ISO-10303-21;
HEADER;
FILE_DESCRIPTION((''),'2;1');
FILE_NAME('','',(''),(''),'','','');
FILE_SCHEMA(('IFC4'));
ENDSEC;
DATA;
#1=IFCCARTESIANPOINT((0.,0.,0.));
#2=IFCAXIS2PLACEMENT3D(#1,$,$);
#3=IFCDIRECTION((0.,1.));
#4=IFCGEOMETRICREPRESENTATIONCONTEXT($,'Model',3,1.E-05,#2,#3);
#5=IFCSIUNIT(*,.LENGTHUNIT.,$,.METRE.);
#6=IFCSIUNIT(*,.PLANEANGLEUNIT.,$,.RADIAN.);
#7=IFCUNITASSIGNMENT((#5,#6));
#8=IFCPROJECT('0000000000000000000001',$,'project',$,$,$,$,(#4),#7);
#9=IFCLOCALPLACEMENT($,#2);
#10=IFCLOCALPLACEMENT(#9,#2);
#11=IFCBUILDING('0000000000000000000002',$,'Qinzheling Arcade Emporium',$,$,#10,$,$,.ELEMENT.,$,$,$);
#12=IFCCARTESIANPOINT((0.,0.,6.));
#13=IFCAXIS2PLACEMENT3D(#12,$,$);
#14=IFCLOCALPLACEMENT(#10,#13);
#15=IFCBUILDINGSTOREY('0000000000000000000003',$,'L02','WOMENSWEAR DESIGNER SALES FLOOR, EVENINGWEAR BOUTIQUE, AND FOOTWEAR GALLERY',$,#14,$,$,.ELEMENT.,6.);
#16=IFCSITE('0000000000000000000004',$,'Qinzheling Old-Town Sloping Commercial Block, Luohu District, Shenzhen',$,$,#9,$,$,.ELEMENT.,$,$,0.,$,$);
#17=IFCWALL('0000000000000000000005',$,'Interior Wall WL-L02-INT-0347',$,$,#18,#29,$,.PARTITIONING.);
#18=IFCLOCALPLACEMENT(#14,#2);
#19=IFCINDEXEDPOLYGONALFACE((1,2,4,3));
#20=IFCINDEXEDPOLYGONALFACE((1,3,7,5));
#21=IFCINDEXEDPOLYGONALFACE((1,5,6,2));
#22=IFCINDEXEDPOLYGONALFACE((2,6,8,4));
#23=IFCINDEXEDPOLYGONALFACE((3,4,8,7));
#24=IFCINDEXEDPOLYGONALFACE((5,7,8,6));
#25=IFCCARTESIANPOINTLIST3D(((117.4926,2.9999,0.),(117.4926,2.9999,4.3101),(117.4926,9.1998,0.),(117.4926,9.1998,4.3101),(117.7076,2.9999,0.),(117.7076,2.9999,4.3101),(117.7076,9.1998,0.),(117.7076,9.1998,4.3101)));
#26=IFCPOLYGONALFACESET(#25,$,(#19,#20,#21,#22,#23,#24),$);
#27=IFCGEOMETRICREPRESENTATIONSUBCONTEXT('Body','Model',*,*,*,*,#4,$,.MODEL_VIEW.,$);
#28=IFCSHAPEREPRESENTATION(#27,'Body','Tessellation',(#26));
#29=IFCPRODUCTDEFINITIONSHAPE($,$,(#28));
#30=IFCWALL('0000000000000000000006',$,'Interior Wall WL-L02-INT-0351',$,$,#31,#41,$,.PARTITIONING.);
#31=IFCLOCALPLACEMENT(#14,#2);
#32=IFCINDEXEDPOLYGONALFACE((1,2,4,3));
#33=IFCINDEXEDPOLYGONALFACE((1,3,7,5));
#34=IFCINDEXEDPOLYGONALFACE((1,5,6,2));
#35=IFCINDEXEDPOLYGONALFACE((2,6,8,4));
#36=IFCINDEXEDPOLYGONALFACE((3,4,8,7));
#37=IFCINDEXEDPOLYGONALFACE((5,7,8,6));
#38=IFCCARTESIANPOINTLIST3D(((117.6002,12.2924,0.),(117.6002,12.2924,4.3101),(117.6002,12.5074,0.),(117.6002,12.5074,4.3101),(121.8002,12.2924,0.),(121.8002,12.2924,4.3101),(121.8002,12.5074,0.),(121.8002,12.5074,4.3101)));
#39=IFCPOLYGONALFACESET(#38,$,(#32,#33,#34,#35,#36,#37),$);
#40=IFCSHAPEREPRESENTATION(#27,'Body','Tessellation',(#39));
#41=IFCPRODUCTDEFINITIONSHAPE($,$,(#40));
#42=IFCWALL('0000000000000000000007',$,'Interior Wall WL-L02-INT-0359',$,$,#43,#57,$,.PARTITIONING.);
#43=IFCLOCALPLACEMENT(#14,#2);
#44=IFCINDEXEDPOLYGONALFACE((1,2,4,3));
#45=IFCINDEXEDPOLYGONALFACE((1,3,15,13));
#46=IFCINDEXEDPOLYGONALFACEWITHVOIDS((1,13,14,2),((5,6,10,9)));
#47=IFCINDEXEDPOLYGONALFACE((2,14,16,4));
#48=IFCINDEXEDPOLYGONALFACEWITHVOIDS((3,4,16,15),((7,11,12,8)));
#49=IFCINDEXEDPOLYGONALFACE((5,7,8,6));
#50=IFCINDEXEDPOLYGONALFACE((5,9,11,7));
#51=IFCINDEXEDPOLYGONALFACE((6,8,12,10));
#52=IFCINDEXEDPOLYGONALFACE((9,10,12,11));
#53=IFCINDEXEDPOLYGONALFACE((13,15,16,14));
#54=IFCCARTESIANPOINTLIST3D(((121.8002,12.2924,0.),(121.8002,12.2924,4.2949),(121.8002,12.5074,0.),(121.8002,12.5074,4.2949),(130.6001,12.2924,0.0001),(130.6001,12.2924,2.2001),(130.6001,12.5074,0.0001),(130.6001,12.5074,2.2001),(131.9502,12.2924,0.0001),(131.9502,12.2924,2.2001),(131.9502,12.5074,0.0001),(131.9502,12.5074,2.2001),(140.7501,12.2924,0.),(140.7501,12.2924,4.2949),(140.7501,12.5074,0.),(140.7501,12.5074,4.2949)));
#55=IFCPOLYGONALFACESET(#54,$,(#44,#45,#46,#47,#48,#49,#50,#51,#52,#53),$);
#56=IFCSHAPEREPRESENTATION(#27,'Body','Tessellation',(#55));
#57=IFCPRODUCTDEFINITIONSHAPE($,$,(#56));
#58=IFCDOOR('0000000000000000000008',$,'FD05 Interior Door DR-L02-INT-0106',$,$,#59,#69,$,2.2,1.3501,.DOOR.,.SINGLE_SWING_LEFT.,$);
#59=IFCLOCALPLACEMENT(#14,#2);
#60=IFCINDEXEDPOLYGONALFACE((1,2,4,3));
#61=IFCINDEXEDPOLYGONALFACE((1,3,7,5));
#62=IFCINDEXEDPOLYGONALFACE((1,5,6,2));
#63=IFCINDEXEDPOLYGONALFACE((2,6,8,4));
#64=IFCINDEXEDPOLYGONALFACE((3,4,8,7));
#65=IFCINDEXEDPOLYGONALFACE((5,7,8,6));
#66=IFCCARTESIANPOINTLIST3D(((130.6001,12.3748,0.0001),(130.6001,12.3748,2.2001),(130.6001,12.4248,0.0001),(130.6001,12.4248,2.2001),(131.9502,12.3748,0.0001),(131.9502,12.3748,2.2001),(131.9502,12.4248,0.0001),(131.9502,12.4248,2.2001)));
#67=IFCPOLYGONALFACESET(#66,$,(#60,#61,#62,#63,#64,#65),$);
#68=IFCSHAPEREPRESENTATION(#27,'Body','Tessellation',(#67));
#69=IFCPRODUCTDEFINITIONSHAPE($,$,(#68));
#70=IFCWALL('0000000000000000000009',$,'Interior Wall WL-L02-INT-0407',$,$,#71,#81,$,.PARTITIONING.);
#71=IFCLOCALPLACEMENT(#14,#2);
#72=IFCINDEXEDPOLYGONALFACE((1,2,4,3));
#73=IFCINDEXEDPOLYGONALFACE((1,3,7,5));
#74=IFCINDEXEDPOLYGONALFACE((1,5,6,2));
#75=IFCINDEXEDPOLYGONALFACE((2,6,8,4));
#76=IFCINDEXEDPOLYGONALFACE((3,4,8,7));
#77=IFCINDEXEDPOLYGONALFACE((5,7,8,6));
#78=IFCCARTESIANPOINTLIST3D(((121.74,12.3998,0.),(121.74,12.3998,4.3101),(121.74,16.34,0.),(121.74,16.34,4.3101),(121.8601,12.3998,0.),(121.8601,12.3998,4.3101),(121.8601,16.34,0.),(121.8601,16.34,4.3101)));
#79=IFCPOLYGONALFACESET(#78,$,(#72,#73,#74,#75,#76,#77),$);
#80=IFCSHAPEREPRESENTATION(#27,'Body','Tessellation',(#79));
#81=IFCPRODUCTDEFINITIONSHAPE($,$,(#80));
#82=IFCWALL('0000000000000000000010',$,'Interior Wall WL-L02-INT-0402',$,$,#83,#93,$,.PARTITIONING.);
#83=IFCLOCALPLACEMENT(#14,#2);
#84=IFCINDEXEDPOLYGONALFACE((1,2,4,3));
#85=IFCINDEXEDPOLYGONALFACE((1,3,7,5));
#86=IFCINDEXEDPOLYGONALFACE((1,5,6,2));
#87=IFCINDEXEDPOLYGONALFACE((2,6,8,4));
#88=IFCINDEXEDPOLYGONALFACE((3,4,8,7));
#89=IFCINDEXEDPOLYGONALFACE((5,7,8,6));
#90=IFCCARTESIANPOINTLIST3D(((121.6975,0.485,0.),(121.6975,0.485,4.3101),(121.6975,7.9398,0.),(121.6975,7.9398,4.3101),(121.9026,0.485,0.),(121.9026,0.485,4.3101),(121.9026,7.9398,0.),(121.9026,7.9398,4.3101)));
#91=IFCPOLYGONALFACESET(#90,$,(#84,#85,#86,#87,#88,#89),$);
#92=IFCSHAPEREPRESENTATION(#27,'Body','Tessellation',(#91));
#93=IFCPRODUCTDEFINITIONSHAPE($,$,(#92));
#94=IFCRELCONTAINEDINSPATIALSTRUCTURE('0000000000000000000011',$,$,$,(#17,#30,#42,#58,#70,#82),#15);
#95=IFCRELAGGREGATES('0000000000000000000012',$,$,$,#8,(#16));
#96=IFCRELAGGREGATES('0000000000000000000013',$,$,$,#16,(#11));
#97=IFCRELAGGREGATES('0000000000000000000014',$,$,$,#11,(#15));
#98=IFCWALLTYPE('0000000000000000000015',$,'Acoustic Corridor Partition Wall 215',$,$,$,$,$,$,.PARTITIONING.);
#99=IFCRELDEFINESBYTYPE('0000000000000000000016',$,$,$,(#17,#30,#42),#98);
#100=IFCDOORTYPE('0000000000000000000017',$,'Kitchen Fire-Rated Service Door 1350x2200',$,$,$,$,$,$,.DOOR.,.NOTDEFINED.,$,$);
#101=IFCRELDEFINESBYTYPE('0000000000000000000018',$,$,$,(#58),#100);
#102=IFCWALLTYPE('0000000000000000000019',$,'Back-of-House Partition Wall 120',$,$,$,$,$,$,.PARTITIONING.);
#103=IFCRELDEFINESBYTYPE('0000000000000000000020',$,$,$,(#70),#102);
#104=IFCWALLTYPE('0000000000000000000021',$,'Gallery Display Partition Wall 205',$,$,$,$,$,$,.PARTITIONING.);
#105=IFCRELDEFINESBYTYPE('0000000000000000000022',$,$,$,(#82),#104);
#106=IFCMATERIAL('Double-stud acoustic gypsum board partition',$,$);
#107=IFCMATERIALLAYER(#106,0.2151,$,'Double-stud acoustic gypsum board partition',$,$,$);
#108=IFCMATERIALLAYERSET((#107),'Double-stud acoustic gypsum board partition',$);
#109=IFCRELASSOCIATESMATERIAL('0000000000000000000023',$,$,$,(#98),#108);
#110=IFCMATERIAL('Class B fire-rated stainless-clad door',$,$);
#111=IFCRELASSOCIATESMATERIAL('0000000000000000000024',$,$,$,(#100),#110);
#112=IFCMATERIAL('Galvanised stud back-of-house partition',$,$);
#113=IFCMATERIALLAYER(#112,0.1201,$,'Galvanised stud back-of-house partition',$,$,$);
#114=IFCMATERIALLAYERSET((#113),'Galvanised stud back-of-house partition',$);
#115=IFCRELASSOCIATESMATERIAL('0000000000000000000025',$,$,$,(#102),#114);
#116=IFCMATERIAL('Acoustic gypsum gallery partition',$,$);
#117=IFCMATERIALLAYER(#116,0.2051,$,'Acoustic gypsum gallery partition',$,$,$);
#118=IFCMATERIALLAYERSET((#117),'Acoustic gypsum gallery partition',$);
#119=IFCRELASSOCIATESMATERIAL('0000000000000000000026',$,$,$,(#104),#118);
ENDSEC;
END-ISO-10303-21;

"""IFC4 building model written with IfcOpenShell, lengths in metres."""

from ifc_helpers import new_model, si_unit, direction, frame, frame_2d, origin, place, context, subcontext, project, spatial, rectangle, extrude, material, layer, layer_set, type_object, element, fill, save


model = new_model("IFC4")

# Units and contexts
model_context = context("Model", 3, precision=1e-05, world=origin(), true_north=direction((0.0, 1.0)))
body_context = subcontext(model_context, "Body", "Model", "MODEL_VIEW")
ifc_project = project(units=[si_unit("LENGTHUNIT", "METRE"), si_unit("PLANEANGLEUNIT", "RADIAN")], contexts=[model_context])

# Site, building, storey
site_placement = place(None, origin())
site = spatial("IfcSite", under=ifc_project, at=site_placement, Name="Qinzheling Old-Town Sloping Commercial Block, Luohu District, Shenzhen", CompositionType="ELEMENT", RefElevation=0.0)
building_placement = place(site_placement, origin())
building = spatial("IfcBuilding", under=site, at=building_placement, Name="Qinzheling Arcade Emporium", CompositionType="ELEMENT")
storey_placement = place(building_placement, frame((0.0, 0.0, 6.0)))
storey = spatial("IfcBuildingStorey", under=building, at=storey_placement, Name="L02", Description="WOMENSWEAR DESIGNER SALES FLOOR, EVENINGWEAR BOUTIQUE, AND FOOTWEAR GALLERY", CompositionType="ELEMENT", Elevation=6.0)

# Shared definitions
ifc_material_1 = material(Name="Double-stud acoustic gypsum board partition")
ifc_layer_1 = layer(ifc_material_1, 0.2151, Name="Double-stud acoustic gypsum board partition")
ifc_layer_set_1 = layer_set([ifc_layer_1], Name="Double-stud acoustic gypsum board partition")
wall_type_1 = type_object("IfcWallType", Name="Acoustic Corridor Partition Wall 215", PredefinedType="PARTITIONING", material=ifc_layer_set_1)
ifc_material_2 = material(Name="Class B fire-rated stainless-clad door")
door_type = type_object("IfcDoorType", Name="Kitchen Fire-Rated Service Door 1350x2200", OperationType="NOTDEFINED", PredefinedType="DOOR", material=ifc_material_2)

# Walls
wall_1_placement = place(storey_placement, frame((117.6001, 9.2, 0.0), z_axis=(0.0, 0.0, 1.0), x_axis=(0.0, -1.0, 0.0)))
element("IfcWall", 1, at=wall_1_placement, inside=storey, type_object=wall_type_1, Name="Interior Wall WL-L02-INT-0347", PredefinedType="PARTITIONING", context=body_context, shape_type="SweptSolid", body=[
    extrude(rectangle(XDim=6.2, YDim=0.2151, at=frame_2d((3.1001, 0.0))), origin(), (0.0, 0.0, 1.0), 4.3101),
])
wall_2_placement = place(storey_placement, frame((117.6001, 12.3999, 0.0), z_axis=(0.0, 0.0, 1.0), x_axis=(1.0, 0.0, 0.0)))
element("IfcWall", 2, at=wall_2_placement, inside=storey, type_object=wall_type_1, Name="Interior Wall WL-L02-INT-0351", PredefinedType="PARTITIONING", context=body_context, shape_type="SweptSolid", body=[
    extrude(rectangle(XDim=4.2, YDim=0.2151, at=frame_2d((2.1001, 0.0))), origin(), (0.0, 0.0, 1.0), 4.3101),
])

# Wall, opening, door
wall_3_placement = place(storey_placement, frame((121.8, 12.3999, 0.0), z_axis=(0.0, 0.0, 1.0), x_axis=(1.0, 0.0, 0.0)))
wall_3 = element("IfcWall", 3, at=wall_3_placement, inside=storey, type_object=wall_type_1, Name="Interior Wall WL-L02-INT-0359", PredefinedType="PARTITIONING", context=body_context, shape_type="SweptSolid", body=[
    extrude(rectangle(XDim=18.95, YDim=0.2151, at=frame_2d((9.4751, 0.0))), origin(), (0.0, 0.0, 1.0), 4.2949),
])
opening_1_placement = place(wall_3_placement, frame((8.8, 0.0, 0.0)))
opening_1 = element("IfcOpeningElement", 4, at=opening_1_placement, cuts=wall_3, PredefinedType="OPENING", context=body_context, shape_type="SweptSolid", body=[
    extrude(rectangle(XDim=1.3501, YDim=2.2, at=frame_2d((0.675, 1.1001))), frame((0.0, 0.1177, 0.0), z_axis=(0.0, -1.0, 0.0), x_axis=(1.0, 0.0, 0.0)), (0.0, 0.0, 1.0), 0.2351),
])
door_1_placement = place(opening_1_placement, origin())
door_1 = element("IfcDoor", 5, at=door_1_placement, inside=storey, type_object=door_type, Name="FD05 Interior Door DR-L02-INT-0106", OperationType="SINGLE_SWING_LEFT", OverallHeight=2.2, OverallWidth=1.3501, PredefinedType="DOOR", context=body_context, shape_type="SweptSolid", body=[
    extrude(rectangle(XDim=1.3501, YDim=2.2, at=frame_2d((0.675, 1.1001))), frame((0.0, 0.0249, 0.0), z_axis=(0.0, -1.0, 0.0), x_axis=(1.0, 0.0, 0.0)), (0.0, 0.0, 1.0), 0.05),
])
fill(opening_1, door_1)

# Walls
ifc_material_3 = material(Name="Galvanised stud back-of-house partition")
ifc_layer_2 = layer(ifc_material_3, 0.1201, Name="Galvanised stud back-of-house partition")
ifc_layer_set_2 = layer_set([ifc_layer_2], Name="Galvanised stud back-of-house partition")
wall_type_2 = type_object("IfcWallType", Name="Back-of-House Partition Wall 120", PredefinedType="PARTITIONING", material=ifc_layer_set_2)
wall_4_placement = place(storey_placement, frame((121.8, 16.3401, 0.0), z_axis=(0.0, 0.0, 1.0), x_axis=(0.0, -1.0, 0.0)))
element("IfcWall", 6, at=wall_4_placement, inside=storey, type_object=wall_type_2, Name="Interior Wall WL-L02-INT-0407", PredefinedType="PARTITIONING", context=body_context, shape_type="SweptSolid", body=[
    extrude(rectangle(XDim=3.9402, YDim=0.1201, at=frame_2d((1.9702, 0.0))), origin(), (0.0, 0.0, 1.0), 4.3101),
])
ifc_material_4 = material(Name="Acoustic gypsum gallery partition")
ifc_layer_3 = layer(ifc_material_4, 0.2051, Name="Acoustic gypsum gallery partition")
ifc_layer_set_3 = layer_set([ifc_layer_3], Name="Acoustic gypsum gallery partition")
wall_type_3 = type_object("IfcWallType", Name="Gallery Display Partition Wall 205", PredefinedType="PARTITIONING", material=ifc_layer_set_3)
wall_5_placement = place(storey_placement, frame((121.8, 7.9399, 0.0), z_axis=(0.0, 0.0, 1.0), x_axis=(0.0, -1.0, 0.0)))
element("IfcWall", 7, at=wall_5_placement, inside=storey, type_object=wall_type_3, Name="Interior Wall WL-L02-INT-0402", PredefinedType="PARTITIONING", context=body_context, shape_type="SweptSolid", body=[
    extrude(rectangle(XDim=7.4548, YDim=0.2051, at=frame_2d((3.7275, 0.0))), origin(), (0.0, 0.0, 1.0), 4.3101),
])

save(model, "model.ifc")
